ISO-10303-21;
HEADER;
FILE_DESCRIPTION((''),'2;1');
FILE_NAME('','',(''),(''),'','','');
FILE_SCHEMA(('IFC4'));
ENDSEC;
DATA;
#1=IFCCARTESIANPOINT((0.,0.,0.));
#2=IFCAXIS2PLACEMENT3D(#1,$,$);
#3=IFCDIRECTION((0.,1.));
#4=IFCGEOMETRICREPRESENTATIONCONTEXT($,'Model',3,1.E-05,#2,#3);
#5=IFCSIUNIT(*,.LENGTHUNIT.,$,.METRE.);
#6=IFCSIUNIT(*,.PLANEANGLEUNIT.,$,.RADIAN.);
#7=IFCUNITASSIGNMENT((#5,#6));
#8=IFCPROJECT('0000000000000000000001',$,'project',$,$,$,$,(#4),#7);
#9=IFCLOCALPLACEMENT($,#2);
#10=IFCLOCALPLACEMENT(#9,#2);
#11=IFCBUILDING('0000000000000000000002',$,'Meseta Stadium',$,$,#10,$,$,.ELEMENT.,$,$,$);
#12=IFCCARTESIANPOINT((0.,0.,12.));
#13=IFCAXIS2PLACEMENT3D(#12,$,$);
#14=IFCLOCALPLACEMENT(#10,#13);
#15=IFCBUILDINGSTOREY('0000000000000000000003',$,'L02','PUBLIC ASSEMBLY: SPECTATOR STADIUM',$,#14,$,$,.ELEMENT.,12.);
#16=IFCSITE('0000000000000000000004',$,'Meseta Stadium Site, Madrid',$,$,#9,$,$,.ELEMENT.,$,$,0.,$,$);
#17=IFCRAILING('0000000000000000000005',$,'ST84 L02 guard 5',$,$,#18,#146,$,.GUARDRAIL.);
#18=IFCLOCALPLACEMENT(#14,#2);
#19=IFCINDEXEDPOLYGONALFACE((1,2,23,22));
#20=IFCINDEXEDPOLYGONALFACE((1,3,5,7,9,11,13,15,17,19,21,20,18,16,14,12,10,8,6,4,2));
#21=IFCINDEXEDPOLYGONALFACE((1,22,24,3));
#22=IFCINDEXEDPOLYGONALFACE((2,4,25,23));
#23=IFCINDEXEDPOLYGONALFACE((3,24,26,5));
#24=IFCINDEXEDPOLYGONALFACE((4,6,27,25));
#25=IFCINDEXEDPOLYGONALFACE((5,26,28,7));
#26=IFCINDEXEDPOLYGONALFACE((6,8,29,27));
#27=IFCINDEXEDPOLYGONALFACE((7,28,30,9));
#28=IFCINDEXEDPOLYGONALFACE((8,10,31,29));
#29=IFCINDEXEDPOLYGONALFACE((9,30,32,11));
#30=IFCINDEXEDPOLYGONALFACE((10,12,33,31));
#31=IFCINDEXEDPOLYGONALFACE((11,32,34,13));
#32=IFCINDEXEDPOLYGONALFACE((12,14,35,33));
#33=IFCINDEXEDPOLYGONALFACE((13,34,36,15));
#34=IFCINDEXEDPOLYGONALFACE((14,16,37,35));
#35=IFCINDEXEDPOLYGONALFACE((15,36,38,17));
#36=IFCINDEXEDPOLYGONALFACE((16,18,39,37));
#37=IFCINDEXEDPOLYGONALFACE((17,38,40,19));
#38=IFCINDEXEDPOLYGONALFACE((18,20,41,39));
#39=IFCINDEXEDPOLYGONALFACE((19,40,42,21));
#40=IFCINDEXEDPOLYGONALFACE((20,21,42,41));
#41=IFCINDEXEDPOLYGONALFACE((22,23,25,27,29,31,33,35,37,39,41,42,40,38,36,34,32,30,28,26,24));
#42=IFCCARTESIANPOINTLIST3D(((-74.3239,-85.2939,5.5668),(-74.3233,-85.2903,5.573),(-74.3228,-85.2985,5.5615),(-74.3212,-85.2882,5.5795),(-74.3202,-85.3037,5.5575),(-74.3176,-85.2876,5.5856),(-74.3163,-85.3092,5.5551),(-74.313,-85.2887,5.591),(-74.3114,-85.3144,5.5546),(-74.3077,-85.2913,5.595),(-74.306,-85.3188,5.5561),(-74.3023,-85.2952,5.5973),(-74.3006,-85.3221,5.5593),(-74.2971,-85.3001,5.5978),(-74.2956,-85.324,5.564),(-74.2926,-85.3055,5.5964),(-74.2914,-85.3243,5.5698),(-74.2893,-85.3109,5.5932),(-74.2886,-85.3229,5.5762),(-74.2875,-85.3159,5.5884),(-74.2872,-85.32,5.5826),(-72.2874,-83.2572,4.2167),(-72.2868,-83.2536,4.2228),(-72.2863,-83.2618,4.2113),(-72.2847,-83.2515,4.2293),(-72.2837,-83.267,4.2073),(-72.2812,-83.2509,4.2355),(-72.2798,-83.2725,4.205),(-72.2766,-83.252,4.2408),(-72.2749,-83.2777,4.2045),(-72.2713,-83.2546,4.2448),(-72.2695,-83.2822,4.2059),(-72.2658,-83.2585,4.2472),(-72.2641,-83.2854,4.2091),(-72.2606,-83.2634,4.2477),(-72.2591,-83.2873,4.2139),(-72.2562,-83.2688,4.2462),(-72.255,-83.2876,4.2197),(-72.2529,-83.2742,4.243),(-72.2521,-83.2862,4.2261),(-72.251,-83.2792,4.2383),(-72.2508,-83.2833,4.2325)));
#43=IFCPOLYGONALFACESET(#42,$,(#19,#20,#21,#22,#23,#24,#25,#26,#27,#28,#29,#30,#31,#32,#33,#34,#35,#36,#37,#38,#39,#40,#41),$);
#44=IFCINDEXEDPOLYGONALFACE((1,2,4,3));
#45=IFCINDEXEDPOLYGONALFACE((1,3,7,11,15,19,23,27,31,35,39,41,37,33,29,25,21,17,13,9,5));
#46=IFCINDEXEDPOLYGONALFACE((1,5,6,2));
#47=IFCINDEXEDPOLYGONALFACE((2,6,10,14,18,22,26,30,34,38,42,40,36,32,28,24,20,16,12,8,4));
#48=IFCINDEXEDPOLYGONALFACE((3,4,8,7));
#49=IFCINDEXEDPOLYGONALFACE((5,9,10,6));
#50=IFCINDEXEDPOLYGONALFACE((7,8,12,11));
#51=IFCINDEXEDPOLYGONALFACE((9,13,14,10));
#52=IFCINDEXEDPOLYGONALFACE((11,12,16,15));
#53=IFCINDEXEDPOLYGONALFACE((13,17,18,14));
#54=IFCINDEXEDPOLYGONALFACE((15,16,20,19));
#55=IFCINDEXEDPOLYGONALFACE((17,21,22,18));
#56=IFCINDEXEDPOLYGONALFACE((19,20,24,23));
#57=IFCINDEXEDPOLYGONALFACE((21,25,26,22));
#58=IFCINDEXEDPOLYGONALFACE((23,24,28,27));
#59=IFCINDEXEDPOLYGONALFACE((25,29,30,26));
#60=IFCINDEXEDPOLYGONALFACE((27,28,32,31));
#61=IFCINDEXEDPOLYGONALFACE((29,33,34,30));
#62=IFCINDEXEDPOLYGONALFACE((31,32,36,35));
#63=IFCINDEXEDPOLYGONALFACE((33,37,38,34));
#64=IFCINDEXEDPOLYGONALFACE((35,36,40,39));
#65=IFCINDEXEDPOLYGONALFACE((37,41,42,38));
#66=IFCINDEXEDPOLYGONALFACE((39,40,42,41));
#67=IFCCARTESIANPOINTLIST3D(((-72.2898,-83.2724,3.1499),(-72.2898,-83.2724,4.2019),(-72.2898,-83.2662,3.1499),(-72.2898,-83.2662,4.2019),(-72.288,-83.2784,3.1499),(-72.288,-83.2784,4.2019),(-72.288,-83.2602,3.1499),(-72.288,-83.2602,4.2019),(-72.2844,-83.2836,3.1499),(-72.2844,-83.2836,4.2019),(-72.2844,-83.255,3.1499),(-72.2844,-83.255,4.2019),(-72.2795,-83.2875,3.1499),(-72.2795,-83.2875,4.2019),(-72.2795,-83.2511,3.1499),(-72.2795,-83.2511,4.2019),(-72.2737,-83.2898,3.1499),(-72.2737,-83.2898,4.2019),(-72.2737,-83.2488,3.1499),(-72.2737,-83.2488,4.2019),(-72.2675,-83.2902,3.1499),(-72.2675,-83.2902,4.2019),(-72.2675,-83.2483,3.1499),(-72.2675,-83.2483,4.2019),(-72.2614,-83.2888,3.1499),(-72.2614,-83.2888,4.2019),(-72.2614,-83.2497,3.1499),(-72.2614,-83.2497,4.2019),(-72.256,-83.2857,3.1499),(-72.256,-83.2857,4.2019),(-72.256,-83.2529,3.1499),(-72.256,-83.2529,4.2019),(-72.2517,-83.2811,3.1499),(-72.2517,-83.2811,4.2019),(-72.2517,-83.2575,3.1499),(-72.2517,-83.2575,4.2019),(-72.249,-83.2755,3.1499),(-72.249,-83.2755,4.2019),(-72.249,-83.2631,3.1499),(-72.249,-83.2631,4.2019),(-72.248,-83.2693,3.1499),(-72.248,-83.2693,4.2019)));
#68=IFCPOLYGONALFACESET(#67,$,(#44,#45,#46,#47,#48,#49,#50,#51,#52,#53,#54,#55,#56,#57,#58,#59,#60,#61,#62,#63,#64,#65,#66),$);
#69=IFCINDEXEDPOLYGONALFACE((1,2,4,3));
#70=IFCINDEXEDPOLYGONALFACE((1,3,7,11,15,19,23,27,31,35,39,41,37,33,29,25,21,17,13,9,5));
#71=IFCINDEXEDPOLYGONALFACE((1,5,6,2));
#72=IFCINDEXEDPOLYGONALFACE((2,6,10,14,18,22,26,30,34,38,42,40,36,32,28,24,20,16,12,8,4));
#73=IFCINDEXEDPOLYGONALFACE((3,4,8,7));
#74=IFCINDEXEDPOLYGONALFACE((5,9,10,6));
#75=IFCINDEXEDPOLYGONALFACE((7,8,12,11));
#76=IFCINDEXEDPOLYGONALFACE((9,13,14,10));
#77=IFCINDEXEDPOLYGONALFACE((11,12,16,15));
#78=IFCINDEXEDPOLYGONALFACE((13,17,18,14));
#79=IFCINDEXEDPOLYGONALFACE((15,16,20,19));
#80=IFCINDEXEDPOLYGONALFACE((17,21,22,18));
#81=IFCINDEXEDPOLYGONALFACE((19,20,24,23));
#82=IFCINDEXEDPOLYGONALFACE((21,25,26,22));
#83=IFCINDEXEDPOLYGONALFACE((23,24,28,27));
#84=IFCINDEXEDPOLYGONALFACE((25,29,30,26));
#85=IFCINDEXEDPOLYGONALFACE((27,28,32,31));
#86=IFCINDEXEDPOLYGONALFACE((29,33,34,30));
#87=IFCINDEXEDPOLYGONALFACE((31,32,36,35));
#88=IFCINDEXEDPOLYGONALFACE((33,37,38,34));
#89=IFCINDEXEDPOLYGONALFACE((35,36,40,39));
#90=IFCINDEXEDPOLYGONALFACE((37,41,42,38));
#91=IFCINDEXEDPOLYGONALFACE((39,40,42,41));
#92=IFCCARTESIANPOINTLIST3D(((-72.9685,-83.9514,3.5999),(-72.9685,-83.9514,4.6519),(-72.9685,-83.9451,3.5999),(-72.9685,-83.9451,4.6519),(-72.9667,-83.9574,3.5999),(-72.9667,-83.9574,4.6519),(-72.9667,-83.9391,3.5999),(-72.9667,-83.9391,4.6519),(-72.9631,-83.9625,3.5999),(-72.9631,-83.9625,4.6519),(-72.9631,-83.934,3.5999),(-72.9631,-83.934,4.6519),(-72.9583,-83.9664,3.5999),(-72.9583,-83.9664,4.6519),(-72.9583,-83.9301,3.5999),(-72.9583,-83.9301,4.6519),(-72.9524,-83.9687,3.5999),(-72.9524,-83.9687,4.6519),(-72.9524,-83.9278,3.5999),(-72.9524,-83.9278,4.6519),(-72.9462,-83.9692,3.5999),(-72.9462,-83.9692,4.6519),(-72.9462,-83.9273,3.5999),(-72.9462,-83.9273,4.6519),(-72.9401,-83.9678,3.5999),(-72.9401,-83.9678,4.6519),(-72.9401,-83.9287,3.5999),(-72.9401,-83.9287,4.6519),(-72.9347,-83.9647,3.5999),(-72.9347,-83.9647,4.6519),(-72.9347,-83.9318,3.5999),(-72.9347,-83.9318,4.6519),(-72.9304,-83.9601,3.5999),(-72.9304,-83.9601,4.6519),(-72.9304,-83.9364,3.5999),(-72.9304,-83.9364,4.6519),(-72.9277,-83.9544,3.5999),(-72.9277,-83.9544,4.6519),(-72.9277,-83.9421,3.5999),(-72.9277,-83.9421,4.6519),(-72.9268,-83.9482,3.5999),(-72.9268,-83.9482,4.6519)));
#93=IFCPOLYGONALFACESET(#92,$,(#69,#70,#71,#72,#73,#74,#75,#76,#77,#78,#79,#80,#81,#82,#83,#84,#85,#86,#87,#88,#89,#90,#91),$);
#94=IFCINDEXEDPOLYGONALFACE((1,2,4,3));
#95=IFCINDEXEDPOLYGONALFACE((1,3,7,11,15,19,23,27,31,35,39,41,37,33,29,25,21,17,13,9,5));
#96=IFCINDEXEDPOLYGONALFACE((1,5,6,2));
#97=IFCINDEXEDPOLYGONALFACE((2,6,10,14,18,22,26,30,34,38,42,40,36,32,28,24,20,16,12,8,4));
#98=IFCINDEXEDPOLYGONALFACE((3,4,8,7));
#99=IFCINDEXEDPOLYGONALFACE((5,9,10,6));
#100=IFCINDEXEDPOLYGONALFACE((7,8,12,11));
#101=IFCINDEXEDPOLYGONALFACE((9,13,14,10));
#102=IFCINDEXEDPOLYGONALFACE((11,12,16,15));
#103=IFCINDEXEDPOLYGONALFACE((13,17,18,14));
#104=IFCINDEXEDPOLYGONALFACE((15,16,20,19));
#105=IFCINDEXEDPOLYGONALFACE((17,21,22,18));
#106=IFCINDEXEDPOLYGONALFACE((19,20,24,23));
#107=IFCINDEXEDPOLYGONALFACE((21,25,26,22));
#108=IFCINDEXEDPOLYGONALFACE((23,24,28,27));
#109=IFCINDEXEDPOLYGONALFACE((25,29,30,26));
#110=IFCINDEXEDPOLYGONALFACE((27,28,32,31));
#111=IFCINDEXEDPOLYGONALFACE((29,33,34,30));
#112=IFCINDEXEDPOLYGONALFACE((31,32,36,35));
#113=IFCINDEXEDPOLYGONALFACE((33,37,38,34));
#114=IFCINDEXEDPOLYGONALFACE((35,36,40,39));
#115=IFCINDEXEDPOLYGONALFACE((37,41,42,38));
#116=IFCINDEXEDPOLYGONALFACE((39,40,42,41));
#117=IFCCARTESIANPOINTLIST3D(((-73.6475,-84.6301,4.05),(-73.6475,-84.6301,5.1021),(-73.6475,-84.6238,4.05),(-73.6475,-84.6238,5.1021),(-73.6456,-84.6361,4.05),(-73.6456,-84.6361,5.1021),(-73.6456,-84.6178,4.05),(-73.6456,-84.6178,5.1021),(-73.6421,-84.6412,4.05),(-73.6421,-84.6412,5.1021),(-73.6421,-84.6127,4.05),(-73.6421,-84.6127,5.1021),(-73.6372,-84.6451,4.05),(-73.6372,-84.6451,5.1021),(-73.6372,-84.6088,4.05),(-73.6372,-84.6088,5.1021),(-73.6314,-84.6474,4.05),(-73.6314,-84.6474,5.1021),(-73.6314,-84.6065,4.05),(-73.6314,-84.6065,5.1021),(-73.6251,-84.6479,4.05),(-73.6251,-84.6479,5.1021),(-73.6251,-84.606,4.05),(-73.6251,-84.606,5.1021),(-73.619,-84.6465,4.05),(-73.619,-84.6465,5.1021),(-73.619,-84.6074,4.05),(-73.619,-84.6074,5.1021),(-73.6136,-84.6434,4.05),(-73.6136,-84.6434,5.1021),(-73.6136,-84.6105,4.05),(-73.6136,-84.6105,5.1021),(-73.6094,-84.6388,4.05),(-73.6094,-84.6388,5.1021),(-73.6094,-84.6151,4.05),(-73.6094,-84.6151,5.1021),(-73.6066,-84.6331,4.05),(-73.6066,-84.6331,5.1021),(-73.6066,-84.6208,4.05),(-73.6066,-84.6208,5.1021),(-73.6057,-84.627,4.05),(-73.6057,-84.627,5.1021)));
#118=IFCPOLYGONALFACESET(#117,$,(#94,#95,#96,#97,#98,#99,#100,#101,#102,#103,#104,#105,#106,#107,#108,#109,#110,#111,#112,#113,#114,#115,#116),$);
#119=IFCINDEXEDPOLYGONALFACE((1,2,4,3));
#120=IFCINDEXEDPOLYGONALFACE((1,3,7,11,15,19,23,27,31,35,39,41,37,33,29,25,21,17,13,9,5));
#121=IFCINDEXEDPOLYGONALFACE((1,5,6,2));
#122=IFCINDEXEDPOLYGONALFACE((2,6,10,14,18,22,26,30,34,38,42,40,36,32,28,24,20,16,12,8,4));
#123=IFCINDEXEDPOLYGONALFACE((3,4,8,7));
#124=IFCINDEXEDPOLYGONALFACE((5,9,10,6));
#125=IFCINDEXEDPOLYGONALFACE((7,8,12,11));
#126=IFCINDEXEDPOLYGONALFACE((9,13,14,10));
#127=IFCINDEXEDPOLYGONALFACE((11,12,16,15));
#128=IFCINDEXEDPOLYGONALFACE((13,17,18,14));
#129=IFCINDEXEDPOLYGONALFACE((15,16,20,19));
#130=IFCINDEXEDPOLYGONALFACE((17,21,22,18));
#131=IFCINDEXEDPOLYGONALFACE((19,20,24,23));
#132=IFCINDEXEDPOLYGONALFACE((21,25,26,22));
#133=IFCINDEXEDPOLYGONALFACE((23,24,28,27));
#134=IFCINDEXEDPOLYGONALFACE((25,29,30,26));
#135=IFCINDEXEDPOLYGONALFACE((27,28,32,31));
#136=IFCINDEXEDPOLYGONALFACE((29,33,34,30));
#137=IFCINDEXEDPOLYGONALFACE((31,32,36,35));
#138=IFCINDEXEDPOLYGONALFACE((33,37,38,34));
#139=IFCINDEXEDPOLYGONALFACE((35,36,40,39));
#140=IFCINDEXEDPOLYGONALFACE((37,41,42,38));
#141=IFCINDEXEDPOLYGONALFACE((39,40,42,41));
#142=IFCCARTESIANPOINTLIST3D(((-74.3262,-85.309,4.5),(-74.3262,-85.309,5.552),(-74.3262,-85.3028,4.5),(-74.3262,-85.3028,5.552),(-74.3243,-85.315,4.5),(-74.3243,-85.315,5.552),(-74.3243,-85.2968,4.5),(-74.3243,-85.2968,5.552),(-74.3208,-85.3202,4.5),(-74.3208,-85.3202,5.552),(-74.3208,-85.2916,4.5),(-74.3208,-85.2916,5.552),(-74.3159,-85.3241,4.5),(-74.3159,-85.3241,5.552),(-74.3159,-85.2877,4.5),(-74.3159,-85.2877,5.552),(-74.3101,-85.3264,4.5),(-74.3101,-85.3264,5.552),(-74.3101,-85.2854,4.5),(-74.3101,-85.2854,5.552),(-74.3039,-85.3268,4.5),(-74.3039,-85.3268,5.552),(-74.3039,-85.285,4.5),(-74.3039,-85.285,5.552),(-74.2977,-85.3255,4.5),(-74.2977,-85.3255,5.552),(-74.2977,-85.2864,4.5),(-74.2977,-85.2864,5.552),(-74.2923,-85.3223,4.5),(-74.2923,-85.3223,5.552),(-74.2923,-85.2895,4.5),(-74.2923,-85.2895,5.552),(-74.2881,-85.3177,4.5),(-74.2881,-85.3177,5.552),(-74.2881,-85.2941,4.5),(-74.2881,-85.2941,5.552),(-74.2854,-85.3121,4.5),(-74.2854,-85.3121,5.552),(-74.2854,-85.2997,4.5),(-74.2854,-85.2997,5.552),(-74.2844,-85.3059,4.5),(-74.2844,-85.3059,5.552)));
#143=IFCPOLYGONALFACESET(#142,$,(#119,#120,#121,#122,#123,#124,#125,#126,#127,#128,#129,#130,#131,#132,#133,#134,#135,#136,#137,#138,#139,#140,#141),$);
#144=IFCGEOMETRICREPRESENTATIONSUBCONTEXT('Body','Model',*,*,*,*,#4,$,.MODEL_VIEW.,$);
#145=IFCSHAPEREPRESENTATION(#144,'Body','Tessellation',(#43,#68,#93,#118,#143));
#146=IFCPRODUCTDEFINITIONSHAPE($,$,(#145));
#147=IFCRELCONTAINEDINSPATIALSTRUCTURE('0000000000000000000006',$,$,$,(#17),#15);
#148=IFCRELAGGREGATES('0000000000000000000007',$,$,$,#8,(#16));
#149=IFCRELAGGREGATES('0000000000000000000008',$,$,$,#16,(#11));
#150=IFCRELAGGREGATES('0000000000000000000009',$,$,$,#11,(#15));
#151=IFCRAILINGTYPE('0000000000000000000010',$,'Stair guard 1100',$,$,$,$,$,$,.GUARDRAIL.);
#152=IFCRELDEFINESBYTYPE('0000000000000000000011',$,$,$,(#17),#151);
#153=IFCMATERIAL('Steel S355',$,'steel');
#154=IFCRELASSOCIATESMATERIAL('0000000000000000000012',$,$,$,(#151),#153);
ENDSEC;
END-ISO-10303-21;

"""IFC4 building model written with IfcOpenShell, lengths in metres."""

from ifc_helpers import new_model, si_unit, direction, frame, origin, origin_2d, place, context, subcontext, project, spatial, circle, extrude, material, type_object, element, save


model = new_model("IFC4")

# Units and contexts
model_context = context("Model", 3, precision=1e-05, world=origin(), true_north=direction((0.0, 1.0)))
body_context = subcontext(model_context, "Body", "Model", "MODEL_VIEW")
ifc_project = project(units=[si_unit("LENGTHUNIT", "METRE"), si_unit("PLANEANGLEUNIT", "RADIAN")], contexts=[model_context])

# Site, building, storey
site_placement = place(None, origin())
site = spatial("IfcSite", under=ifc_project, at=site_placement, Name="Meseta Stadium Site, Madrid", CompositionType="ELEMENT", RefElevation=0.0)
building_placement = place(site_placement, origin())
building = spatial("IfcBuilding", under=site, at=building_placement, Name="Meseta Stadium", CompositionType="ELEMENT")
storey_placement = place(building_placement, frame((0.0, 0.0, 12.0)))
storey = spatial("IfcBuildingStorey", under=building, at=storey_placement, Name="L02", Description="PUBLIC ASSEMBLY: SPECTATOR STADIUM", CompositionType="ELEMENT", Elevation=12.0)

# Railing
ifc_material_1 = material(Name="Steel S355", Category="steel")
railing_type_1 = type_object("IfcRailingType", Name="Stair guard 1100", PredefinedType="GUARDRAIL", material=ifc_material_1)
railing_1_placement = place(storey_placement, frame((-72.269, -83.2693, 3.1499)))
element("IfcRailing", 1, at=railing_1_placement, inside=storey, type_object=railing_type_1, Name="ST84 L02 guard 5", PredefinedType="GUARDRAIL", context=body_context, shape_type="SweptSolid", body=[
    extrude(circle(Radius=0.0239, at=origin_2d()), frame((0.0, 0.0, 1.0762), z_axis=(-0.640211, -0.640288, 0.424454), x_axis=(0.707149, -0.707064, 0.0)), (0.0, 0.0, 1.0), 3.1809),
    extrude(circle(Radius=0.021, at=origin_2d()), origin(), (0.0, 0.0, 1.0), 1.052),
    extrude(circle(Radius=0.021, at=origin_2d()), frame((-0.6787, -0.679, 0.45)), (0.0, 0.0, 1.0), 1.052),
    extrude(circle(Radius=0.021, at=origin_2d()), frame((-1.3577, -1.3577, 0.9001)), (0.0, 0.0, 1.0), 1.052),
    extrude(circle(Radius=0.021, at=origin_2d()), frame((-2.0364, -2.0366, 1.3501)), (0.0, 0.0, 1.0), 1.052),
])

save(model, "model.ifc")
